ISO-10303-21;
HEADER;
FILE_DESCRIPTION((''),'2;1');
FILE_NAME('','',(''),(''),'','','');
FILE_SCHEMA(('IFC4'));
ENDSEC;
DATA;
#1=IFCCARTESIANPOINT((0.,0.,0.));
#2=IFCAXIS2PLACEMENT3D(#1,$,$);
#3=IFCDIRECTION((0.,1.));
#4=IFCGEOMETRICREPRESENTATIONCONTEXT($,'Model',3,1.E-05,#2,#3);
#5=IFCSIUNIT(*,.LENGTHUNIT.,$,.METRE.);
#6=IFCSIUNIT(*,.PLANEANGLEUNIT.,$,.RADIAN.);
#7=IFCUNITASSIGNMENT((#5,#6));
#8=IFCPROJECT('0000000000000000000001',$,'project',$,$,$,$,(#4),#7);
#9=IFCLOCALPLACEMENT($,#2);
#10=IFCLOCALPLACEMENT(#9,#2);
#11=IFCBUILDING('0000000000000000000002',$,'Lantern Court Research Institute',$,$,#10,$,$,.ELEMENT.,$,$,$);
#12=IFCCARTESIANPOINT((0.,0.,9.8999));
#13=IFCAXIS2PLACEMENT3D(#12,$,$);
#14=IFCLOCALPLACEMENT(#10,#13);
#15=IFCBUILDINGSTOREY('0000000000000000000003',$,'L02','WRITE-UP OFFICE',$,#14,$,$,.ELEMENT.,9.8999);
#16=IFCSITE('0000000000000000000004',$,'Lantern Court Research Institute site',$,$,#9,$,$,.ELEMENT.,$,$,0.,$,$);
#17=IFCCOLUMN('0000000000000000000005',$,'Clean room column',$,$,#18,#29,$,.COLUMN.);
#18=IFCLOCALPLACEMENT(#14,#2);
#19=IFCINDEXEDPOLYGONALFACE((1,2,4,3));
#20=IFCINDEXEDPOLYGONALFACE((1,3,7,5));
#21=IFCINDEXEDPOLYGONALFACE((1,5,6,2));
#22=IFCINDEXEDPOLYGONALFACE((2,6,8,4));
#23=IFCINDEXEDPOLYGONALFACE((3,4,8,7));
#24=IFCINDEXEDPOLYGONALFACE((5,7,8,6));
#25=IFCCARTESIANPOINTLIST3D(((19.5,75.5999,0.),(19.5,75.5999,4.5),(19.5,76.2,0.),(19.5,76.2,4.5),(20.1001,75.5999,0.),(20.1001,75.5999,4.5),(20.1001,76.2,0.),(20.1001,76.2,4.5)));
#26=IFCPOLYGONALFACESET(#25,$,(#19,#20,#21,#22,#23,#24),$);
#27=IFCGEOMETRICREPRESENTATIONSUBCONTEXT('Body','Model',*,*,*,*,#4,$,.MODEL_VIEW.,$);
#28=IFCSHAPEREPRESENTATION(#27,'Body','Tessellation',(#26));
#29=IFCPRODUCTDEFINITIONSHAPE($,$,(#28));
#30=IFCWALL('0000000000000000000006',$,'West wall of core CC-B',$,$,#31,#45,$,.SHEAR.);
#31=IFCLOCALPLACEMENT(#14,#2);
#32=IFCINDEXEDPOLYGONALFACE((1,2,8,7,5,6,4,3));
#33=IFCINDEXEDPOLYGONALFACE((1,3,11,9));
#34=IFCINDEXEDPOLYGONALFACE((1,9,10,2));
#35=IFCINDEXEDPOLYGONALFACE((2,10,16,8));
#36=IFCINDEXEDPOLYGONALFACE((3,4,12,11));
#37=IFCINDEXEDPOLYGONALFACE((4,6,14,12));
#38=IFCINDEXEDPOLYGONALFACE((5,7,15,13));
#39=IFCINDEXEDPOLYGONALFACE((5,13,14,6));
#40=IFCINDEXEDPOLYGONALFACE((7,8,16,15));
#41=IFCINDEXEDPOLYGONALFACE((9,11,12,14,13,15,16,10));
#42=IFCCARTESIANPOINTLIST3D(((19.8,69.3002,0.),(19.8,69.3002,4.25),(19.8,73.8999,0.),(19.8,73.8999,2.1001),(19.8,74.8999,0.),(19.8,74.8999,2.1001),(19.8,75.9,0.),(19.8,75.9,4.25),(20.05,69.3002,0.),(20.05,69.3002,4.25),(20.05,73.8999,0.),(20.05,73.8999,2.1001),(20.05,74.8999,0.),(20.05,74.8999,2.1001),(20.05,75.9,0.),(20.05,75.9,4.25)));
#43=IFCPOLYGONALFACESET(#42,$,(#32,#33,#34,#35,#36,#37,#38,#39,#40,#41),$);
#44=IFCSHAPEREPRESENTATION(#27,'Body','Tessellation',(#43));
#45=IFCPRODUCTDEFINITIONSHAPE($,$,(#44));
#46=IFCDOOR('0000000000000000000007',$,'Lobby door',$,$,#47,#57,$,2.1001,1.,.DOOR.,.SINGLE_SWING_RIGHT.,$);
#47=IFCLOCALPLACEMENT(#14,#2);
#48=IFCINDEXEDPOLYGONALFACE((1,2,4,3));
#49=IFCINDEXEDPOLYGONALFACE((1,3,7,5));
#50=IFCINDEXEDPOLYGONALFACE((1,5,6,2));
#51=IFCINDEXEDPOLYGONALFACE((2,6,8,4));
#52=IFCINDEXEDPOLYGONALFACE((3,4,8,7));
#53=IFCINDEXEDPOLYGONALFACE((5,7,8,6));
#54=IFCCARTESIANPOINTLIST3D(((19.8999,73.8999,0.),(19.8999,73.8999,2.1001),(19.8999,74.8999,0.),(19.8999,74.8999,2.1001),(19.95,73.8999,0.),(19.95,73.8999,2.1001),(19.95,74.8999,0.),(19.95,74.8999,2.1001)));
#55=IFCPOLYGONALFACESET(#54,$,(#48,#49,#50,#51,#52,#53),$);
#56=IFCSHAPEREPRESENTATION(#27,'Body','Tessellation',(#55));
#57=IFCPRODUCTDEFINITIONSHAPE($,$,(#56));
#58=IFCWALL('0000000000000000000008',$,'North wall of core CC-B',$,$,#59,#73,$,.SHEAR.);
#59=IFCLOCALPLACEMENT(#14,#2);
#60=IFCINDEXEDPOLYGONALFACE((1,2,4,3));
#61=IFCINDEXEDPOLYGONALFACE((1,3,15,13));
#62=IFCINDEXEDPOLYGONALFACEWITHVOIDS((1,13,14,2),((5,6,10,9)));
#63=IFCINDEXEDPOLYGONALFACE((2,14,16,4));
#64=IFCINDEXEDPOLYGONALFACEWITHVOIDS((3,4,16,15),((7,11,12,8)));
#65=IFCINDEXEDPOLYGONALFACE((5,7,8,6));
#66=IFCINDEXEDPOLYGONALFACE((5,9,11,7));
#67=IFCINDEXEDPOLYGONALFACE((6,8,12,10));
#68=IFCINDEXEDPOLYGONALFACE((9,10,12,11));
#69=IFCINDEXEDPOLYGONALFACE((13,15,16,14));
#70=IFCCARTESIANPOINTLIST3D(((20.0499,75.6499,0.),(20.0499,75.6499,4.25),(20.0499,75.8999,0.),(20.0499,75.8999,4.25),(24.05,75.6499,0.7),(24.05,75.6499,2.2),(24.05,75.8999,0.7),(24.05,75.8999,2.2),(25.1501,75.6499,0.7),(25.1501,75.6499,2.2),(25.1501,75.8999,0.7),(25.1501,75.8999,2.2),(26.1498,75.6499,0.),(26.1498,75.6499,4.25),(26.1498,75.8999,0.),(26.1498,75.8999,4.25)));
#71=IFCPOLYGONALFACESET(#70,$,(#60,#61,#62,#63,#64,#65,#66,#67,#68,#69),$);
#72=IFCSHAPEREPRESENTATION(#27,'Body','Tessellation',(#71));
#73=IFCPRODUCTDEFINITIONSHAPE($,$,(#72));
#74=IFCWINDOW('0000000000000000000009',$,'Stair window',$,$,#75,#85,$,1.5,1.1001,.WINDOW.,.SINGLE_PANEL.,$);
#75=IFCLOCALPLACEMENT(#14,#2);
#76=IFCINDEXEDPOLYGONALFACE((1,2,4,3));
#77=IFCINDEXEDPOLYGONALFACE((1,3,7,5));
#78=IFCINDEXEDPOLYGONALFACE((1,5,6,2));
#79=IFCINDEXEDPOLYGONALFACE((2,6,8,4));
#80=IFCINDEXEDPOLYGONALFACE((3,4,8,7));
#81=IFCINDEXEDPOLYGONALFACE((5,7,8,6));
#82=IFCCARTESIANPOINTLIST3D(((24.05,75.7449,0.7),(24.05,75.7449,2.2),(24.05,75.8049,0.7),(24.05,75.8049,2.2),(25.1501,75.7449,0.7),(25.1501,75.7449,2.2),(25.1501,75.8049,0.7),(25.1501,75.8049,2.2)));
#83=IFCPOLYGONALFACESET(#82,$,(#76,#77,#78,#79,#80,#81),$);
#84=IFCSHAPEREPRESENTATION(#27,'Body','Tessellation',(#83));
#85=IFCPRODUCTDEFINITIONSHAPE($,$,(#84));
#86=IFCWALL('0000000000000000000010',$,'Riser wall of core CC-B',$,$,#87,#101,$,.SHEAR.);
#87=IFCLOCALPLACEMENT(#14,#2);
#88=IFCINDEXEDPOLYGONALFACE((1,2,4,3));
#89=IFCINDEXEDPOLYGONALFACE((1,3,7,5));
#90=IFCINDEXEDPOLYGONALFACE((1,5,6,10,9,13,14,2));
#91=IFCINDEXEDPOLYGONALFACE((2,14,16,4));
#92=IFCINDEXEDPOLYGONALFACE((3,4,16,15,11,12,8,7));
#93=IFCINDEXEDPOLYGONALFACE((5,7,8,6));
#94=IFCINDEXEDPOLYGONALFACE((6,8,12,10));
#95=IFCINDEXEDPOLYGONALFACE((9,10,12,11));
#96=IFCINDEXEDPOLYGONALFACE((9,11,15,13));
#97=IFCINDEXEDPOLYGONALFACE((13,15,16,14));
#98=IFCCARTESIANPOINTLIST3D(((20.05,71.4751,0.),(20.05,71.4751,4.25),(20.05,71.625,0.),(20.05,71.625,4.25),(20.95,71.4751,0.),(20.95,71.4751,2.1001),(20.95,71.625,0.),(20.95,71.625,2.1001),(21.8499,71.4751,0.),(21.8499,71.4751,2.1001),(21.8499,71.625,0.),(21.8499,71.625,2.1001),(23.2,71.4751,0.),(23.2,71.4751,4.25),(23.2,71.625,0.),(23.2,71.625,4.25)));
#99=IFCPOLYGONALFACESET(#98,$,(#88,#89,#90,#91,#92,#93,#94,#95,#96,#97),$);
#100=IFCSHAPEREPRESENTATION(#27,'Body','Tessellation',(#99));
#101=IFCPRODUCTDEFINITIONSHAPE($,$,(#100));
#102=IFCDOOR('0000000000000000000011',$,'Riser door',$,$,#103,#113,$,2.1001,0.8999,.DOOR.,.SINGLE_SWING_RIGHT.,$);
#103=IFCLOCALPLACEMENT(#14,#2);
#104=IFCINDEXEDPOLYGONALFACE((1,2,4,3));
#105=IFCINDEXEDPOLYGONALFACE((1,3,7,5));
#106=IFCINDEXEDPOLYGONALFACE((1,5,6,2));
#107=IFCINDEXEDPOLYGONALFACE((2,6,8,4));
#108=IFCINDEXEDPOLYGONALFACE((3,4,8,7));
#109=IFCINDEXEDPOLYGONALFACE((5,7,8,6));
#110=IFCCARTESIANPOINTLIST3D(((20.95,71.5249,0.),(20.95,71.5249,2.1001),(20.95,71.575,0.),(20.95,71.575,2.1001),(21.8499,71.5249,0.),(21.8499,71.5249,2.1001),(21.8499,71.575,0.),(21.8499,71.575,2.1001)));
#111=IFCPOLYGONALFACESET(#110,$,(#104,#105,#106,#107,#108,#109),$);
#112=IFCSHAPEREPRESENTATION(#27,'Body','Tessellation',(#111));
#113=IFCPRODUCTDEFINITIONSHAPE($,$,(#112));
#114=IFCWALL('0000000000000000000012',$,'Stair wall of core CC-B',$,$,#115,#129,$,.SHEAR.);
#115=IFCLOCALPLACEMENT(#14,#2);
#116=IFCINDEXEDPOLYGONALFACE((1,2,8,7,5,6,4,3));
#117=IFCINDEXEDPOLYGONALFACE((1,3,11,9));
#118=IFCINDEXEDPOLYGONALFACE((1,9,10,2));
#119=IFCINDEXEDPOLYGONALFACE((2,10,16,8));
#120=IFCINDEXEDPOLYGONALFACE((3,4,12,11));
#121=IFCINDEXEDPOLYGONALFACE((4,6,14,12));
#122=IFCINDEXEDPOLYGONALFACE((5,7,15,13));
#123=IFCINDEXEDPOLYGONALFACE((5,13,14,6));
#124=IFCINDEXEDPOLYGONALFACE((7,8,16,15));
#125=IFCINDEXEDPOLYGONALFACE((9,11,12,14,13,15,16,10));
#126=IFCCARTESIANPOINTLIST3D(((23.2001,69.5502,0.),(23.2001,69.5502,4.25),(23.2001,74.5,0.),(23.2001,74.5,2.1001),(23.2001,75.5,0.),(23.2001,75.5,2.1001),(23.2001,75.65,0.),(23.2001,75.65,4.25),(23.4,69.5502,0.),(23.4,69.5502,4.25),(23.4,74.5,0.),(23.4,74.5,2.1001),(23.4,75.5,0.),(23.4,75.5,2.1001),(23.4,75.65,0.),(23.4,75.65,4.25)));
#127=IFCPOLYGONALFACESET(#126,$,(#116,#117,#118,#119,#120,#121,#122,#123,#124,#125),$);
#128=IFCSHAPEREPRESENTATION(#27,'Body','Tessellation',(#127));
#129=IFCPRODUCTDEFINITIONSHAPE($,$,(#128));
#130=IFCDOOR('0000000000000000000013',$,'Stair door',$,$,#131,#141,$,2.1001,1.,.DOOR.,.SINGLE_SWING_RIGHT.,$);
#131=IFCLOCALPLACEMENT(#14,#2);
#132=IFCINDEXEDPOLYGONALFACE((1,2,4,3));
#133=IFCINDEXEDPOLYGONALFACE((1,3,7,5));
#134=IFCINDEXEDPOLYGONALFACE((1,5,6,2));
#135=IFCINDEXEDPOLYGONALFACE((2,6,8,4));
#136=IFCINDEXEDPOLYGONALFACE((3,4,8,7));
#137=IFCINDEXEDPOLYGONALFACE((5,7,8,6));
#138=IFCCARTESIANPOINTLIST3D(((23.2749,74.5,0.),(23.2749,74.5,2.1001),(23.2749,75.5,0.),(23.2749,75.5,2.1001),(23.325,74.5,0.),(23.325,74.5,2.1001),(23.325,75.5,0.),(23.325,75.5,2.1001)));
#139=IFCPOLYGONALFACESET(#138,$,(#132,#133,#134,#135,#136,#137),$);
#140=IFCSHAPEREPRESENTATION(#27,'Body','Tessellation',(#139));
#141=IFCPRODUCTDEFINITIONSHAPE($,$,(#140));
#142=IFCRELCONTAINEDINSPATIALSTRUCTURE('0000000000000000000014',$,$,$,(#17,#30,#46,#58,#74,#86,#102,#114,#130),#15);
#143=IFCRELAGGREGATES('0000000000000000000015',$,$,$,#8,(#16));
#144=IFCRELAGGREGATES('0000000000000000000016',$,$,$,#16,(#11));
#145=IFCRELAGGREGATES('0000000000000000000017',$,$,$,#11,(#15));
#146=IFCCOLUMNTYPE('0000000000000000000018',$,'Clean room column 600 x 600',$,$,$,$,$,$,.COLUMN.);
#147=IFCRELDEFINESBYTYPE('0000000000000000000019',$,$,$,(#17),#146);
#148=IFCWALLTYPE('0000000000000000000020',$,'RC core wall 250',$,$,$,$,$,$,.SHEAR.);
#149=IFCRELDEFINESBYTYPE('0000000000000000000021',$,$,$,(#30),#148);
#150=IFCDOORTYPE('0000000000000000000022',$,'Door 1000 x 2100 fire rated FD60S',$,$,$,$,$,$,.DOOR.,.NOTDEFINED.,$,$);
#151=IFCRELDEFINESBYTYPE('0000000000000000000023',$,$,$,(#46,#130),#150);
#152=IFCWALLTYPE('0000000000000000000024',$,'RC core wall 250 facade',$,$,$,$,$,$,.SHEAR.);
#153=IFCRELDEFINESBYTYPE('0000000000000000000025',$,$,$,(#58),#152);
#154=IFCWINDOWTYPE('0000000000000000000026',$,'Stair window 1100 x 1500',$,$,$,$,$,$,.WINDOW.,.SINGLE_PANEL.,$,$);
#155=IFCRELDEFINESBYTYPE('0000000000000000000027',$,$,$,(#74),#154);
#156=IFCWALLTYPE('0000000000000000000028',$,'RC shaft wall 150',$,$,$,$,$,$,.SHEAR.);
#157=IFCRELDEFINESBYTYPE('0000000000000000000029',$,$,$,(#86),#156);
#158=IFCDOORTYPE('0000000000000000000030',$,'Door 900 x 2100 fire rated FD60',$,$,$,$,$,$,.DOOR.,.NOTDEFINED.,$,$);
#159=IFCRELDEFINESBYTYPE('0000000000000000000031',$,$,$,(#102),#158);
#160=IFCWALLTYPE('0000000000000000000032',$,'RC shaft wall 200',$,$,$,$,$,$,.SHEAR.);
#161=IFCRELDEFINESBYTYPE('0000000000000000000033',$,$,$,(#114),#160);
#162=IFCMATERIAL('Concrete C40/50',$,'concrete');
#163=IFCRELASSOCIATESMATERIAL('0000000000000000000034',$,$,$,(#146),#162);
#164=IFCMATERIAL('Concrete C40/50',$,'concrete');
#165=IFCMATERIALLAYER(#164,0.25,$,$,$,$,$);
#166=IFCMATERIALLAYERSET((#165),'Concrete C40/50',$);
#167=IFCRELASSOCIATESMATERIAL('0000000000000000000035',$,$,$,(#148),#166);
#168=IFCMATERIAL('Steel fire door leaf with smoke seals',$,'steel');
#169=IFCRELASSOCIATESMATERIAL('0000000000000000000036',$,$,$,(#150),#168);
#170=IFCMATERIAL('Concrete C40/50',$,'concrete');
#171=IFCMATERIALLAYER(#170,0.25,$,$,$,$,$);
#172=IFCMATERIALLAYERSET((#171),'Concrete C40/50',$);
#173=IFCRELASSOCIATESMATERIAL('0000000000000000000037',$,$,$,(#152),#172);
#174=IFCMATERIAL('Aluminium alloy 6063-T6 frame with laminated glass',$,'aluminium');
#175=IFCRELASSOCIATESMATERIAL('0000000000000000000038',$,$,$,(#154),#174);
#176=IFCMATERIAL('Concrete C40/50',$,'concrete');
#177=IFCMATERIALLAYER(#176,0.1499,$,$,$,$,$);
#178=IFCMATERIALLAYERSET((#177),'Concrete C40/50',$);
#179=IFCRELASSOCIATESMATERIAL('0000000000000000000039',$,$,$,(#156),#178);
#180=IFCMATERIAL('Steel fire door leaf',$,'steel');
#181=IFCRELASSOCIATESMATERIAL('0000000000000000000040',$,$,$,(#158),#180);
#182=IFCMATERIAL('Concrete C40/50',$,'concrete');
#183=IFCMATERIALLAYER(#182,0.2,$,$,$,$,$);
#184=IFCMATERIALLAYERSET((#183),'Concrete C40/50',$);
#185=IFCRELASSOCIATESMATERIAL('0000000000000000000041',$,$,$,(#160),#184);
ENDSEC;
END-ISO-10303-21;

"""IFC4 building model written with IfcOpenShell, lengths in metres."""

from ifc_helpers import new_model, si_unit, direction, frame, frame_2d, origin, origin_2d, place, context, subcontext, project, spatial, rectangle, extrude, material, layer, layer_set, material_profile, profile_set, type_object, element, fill, save


model = new_model("IFC4")

# Units and contexts
model_context = context("Model", 3, precision=1e-05, world=origin(), true_north=direction((0.0, 1.0)))
body_context = subcontext(model_context, "Body", "Model", "MODEL_VIEW")
ifc_project = project(units=[si_unit("LENGTHUNIT", "METRE"), si_unit("PLANEANGLEUNIT", "RADIAN")], contexts=[model_context])

# Site, building, storey
site_placement = place(None, origin())
site = spatial("IfcSite", under=ifc_project, at=site_placement, Name="Lantern Court Research Institute site", CompositionType="ELEMENT", RefElevation=0.0)
building_placement = place(site_placement, origin())
building = spatial("IfcBuilding", under=site, at=building_placement, Name="Lantern Court Research Institute", CompositionType="ELEMENT")
storey_placement = place(building_placement, frame((0.0, 0.0, 9.8999)))
storey = spatial("IfcBuildingStorey", under=building, at=storey_placement, Name="L02", Description="WRITE-UP OFFICE", CompositionType="ELEMENT", Elevation=9.8999)

# Column
ifc_material_1 = material(Name="Concrete C40/50", Category="concrete")
ifc_material_profile = material_profile(ifc_material_1, rectangle(XDim=0.6001, YDim=0.6001, at=origin_2d()), Name="Clean room column 600 x 600")
ifc_profile_set = profile_set([ifc_material_profile], Name="Concrete C40/50")
column_type = type_object("IfcColumnType", Name="Clean room column 600 x 600", PredefinedType="COLUMN", material=ifc_profile_set)
column_placement = place(storey_placement, frame((19.8, 75.8999, 0.0), z_axis=(0.0, 0.0, 1.0), x_axis=(1.0, 0.0, 0.0)))
element("IfcColumn", 1, at=column_placement, inside=storey, type_object=column_type, Name="Clean room column", PredefinedType="COLUMN", context=body_context, shape_type="SweptSolid", body=[
    extrude(rectangle(XDim=0.6001, YDim=0.6001, at=origin_2d()), origin(), (0.0, 0.0, 1.0), 4.5),
])

# Wall, opening, door
ifc_material_2 = material(Name="Concrete C40/50", Category="concrete")
ifc_layer_1 = layer(ifc_material_2, 0.25)
ifc_layer_set_1 = layer_set([ifc_layer_1], Name="Concrete C40/50")
wall_type_1 = type_object("IfcWallType", Name="RC core wall 250", PredefinedType="SHEAR", material=ifc_layer_set_1)
wall_1_placement = place(storey_placement, frame((19.925, 75.8999, 0.0), z_axis=(0.0, 0.0, 1.0), x_axis=(0.0, -1.0, 0.0)))
wall_1 = element("IfcWall", 2, at=wall_1_placement, inside=storey, type_object=wall_type_1, Name="West wall of core CC-B", PredefinedType="SHEAR", context=body_context, shape_type="SweptSolid", body=[
    extrude(rectangle(XDim=6.5999, YDim=0.25, at=frame_2d((3.2998, 0.0))), origin(), (0.0, 0.0, 1.0), 4.25),
])
opening_1_placement = place(wall_1_placement, frame((1.0, 0.0, 0.0)))
opening_1 = element("IfcOpeningElement", 3, at=opening_1_placement, cuts=wall_1, PredefinedType="OPENING", context=body_context, shape_type="SweptSolid", body=[
    extrude(rectangle(XDim=1.0, YDim=2.1001, at=frame_2d((0.5, 1.05))), frame((0.0, 0.135, 0.0), z_axis=(0.0, -1.0, 0.0), x_axis=(1.0, 0.0, 0.0)), (0.0, 0.0, 1.0), 0.27),
])
ifc_material_3 = material(Name="Steel fire door leaf with smoke seals", Category="steel")
door_type_1 = type_object("IfcDoorType", Name="Door 1000 x 2100 fire rated FD60S", OperationType="NOTDEFINED", PredefinedType="DOOR", material=ifc_material_3)
door_1_placement = place(opening_1_placement, origin())
door_1 = element("IfcDoor", 4, at=door_1_placement, inside=storey, type_object=door_type_1, Name="Lobby door", OperationType="SINGLE_SWING_RIGHT", OverallHeight=2.1001, OverallWidth=1.0, PredefinedType="DOOR", context=body_context, shape_type="SweptSolid", body=[
    extrude(rectangle(XDim=1.0, YDim=2.1001, at=frame_2d((0.5, 1.05))), frame((0.0, 0.0249, 0.0), z_axis=(0.0, -1.0, 0.0), x_axis=(1.0, 0.0, 0.0)), (0.0, 0.0, 1.0), 0.05),
])
fill(opening_1, door_1)

# Wall, opening, window
ifc_material_4 = material(Name="Concrete C40/50", Category="concrete")
ifc_layer_2 = layer(ifc_material_4, 0.25)
ifc_layer_set_2 = layer_set([ifc_layer_2], Name="Concrete C40/50")
wall_type_2 = type_object("IfcWallType", Name="RC core wall 250 facade", PredefinedType="SHEAR", material=ifc_layer_set_2)
wall_2_placement = place(storey_placement, frame((20.05, 75.7749, 0.0), z_axis=(0.0, 0.0, 1.0), x_axis=(1.0, 0.0, 0.0)))
wall_2 = element("IfcWall", 5, at=wall_2_placement, inside=storey, type_object=wall_type_2, Name="North wall of core CC-B", PredefinedType="SHEAR", context=body_context, shape_type="SweptSolid", body=[
    extrude(rectangle(XDim=6.0999, YDim=0.25, at=frame_2d((3.0498, 0.0))), origin(), (0.0, 0.0, 1.0), 4.25),
])
opening_2_placement = place(wall_2_placement, frame((4.0, 0.0, 0.7)))
opening_2 = element("IfcOpeningElement", 6, at=opening_2_placement, cuts=wall_2, PredefinedType="OPENING", context=body_context, shape_type="SweptSolid", body=[
    extrude(rectangle(XDim=1.1001, YDim=1.5, at=frame_2d((0.55, 0.75))), frame((0.0, 0.135, 0.0), z_axis=(0.0, -1.0, 0.0), x_axis=(1.0, 0.0, 0.0)), (0.0, 0.0, 1.0), 0.27),
])
ifc_material_5 = material(Name="Aluminium alloy 6063-T6 frame with laminated glass", Category="aluminium")
window_type = type_object("IfcWindowType", Name="Stair window 1100 x 1500", PartitioningType="SINGLE_PANEL", PredefinedType="WINDOW", material=ifc_material_5)
window_placement = place(opening_2_placement, origin())
window = element("IfcWindow", 7, at=window_placement, inside=storey, type_object=window_type, Name="Stair window", OverallHeight=1.5, OverallWidth=1.1001, PartitioningType="SINGLE_PANEL", PredefinedType="WINDOW", context=body_context, shape_type="SweptSolid", body=[
    extrude(rectangle(XDim=1.1001, YDim=1.5, at=frame_2d((0.55, 0.75))), frame((0.0, 0.03, 0.0), z_axis=(0.0, -1.0, 0.0), x_axis=(1.0, 0.0, 0.0)), (0.0, 0.0, 1.0), 0.0601),
])
fill(opening_2, window)

# Walls, openings, doors
ifc_material_6 = material(Name="Concrete C40/50", Category="concrete")
ifc_layer_3 = layer(ifc_material_6, 0.1499)
ifc_layer_set_3 = layer_set([ifc_layer_3], Name="Concrete C40/50")
wall_type_3 = type_object("IfcWallType", Name="RC shaft wall 150", PredefinedType="SHEAR", material=ifc_layer_set_3)
wall_3_placement = place(storey_placement, frame((20.05, 71.55, 0.0), z_axis=(0.0, 0.0, 1.0), x_axis=(1.0, 0.0, 0.0)))
wall_3 = element("IfcWall", 8, at=wall_3_placement, inside=storey, type_object=wall_type_3, Name="Riser wall of core CC-B", PredefinedType="SHEAR", context=body_context, shape_type="SweptSolid", body=[
    extrude(rectangle(XDim=3.1499, YDim=0.1499, at=frame_2d((1.575, 0.0))), origin(), (0.0, 0.0, 1.0), 4.25),
])
opening_3_placement = place(wall_3_placement, frame((0.8999, 0.0, 0.0)))
opening_3 = element("IfcOpeningElement", 9, at=opening_3_placement, cuts=wall_3, PredefinedType="OPENING", context=body_context, shape_type="SweptSolid", body=[
    extrude(rectangle(XDim=0.8999, YDim=2.1001, at=frame_2d((0.45, 1.05))), frame((0.0, 0.085, 0.0), z_axis=(0.0, -1.0, 0.0), x_axis=(1.0, 0.0, 0.0)), (0.0, 0.0, 1.0), 0.1699),
])
ifc_material_7 = material(Name="Steel fire door leaf", Category="steel")
door_type_2 = type_object("IfcDoorType", Name="Door 900 x 2100 fire rated FD60", OperationType="NOTDEFINED", PredefinedType="DOOR", material=ifc_material_7)
door_2_placement = place(opening_3_placement, origin())
door_2 = element("IfcDoor", 10, at=door_2_placement, inside=storey, type_object=door_type_2, Name="Riser door", OperationType="SINGLE_SWING_RIGHT", OverallHeight=2.1001, OverallWidth=0.8999, PredefinedType="DOOR", context=body_context, shape_type="SweptSolid", body=[
    extrude(rectangle(XDim=0.8999, YDim=2.1001, at=frame_2d((0.45, 1.05))), frame((0.0, 0.0249, 0.0), z_axis=(0.0, -1.0, 0.0), x_axis=(1.0, 0.0, 0.0)), (0.0, 0.0, 1.0), 0.05),
])
fill(opening_3, door_2)
ifc_material_8 = material(Name="Concrete C40/50", Category="concrete")
ifc_layer_4 = layer(ifc_material_8, 0.2)
ifc_layer_set_4 = layer_set([ifc_layer_4], Name="Concrete C40/50")
wall_type_4 = type_object("IfcWallType", Name="RC shaft wall 200", PredefinedType="SHEAR", material=ifc_layer_set_4)
wall_4_placement = place(storey_placement, frame((23.3, 75.6499, 0.0), z_axis=(0.0, 0.0, 1.0), x_axis=(0.0, -1.0, 0.0)))
wall_4 = element("IfcWall", 11, at=wall_4_placement, inside=storey, type_object=wall_type_4, Name="Stair wall of core CC-B", PredefinedType="SHEAR", context=body_context, shape_type="SweptSolid", body=[
    extrude(rectangle(XDim=6.0999, YDim=0.2, at=frame_2d((3.0498, 0.0))), origin(), (0.0, 0.0, 1.0), 4.25),
])
opening_4_placement = place(wall_4_placement, frame((0.1499, 0.0, 0.0)))
opening_4 = element("IfcOpeningElement", 12, at=opening_4_placement, cuts=wall_4, PredefinedType="OPENING", context=body_context, shape_type="SweptSolid", body=[
    extrude(rectangle(XDim=1.0, YDim=2.1001, at=frame_2d((0.5, 1.05))), frame((0.0, 0.1099, 0.0), z_axis=(0.0, -1.0, 0.0), x_axis=(1.0, 0.0, 0.0)), (0.0, 0.0, 1.0), 0.22),
])
door_3_placement = place(opening_4_placement, origin())
door_3 = element("IfcDoor", 13, at=door_3_placement, inside=storey, type_object=door_type_1, Name="Stair door", OperationType="SINGLE_SWING_RIGHT", OverallHeight=2.1001, OverallWidth=1.0, PredefinedType="DOOR", context=body_context, shape_type="SweptSolid", body=[
    extrude(rectangle(XDim=1.0, YDim=2.1001, at=frame_2d((0.5, 1.05))), frame((0.0, 0.0249, 0.0), z_axis=(0.0, -1.0, 0.0), x_axis=(1.0, 0.0, 0.0)), (0.0, 0.0, 1.0), 0.05),
])
fill(opening_4, door_3)

save(model, "model.ifc")
